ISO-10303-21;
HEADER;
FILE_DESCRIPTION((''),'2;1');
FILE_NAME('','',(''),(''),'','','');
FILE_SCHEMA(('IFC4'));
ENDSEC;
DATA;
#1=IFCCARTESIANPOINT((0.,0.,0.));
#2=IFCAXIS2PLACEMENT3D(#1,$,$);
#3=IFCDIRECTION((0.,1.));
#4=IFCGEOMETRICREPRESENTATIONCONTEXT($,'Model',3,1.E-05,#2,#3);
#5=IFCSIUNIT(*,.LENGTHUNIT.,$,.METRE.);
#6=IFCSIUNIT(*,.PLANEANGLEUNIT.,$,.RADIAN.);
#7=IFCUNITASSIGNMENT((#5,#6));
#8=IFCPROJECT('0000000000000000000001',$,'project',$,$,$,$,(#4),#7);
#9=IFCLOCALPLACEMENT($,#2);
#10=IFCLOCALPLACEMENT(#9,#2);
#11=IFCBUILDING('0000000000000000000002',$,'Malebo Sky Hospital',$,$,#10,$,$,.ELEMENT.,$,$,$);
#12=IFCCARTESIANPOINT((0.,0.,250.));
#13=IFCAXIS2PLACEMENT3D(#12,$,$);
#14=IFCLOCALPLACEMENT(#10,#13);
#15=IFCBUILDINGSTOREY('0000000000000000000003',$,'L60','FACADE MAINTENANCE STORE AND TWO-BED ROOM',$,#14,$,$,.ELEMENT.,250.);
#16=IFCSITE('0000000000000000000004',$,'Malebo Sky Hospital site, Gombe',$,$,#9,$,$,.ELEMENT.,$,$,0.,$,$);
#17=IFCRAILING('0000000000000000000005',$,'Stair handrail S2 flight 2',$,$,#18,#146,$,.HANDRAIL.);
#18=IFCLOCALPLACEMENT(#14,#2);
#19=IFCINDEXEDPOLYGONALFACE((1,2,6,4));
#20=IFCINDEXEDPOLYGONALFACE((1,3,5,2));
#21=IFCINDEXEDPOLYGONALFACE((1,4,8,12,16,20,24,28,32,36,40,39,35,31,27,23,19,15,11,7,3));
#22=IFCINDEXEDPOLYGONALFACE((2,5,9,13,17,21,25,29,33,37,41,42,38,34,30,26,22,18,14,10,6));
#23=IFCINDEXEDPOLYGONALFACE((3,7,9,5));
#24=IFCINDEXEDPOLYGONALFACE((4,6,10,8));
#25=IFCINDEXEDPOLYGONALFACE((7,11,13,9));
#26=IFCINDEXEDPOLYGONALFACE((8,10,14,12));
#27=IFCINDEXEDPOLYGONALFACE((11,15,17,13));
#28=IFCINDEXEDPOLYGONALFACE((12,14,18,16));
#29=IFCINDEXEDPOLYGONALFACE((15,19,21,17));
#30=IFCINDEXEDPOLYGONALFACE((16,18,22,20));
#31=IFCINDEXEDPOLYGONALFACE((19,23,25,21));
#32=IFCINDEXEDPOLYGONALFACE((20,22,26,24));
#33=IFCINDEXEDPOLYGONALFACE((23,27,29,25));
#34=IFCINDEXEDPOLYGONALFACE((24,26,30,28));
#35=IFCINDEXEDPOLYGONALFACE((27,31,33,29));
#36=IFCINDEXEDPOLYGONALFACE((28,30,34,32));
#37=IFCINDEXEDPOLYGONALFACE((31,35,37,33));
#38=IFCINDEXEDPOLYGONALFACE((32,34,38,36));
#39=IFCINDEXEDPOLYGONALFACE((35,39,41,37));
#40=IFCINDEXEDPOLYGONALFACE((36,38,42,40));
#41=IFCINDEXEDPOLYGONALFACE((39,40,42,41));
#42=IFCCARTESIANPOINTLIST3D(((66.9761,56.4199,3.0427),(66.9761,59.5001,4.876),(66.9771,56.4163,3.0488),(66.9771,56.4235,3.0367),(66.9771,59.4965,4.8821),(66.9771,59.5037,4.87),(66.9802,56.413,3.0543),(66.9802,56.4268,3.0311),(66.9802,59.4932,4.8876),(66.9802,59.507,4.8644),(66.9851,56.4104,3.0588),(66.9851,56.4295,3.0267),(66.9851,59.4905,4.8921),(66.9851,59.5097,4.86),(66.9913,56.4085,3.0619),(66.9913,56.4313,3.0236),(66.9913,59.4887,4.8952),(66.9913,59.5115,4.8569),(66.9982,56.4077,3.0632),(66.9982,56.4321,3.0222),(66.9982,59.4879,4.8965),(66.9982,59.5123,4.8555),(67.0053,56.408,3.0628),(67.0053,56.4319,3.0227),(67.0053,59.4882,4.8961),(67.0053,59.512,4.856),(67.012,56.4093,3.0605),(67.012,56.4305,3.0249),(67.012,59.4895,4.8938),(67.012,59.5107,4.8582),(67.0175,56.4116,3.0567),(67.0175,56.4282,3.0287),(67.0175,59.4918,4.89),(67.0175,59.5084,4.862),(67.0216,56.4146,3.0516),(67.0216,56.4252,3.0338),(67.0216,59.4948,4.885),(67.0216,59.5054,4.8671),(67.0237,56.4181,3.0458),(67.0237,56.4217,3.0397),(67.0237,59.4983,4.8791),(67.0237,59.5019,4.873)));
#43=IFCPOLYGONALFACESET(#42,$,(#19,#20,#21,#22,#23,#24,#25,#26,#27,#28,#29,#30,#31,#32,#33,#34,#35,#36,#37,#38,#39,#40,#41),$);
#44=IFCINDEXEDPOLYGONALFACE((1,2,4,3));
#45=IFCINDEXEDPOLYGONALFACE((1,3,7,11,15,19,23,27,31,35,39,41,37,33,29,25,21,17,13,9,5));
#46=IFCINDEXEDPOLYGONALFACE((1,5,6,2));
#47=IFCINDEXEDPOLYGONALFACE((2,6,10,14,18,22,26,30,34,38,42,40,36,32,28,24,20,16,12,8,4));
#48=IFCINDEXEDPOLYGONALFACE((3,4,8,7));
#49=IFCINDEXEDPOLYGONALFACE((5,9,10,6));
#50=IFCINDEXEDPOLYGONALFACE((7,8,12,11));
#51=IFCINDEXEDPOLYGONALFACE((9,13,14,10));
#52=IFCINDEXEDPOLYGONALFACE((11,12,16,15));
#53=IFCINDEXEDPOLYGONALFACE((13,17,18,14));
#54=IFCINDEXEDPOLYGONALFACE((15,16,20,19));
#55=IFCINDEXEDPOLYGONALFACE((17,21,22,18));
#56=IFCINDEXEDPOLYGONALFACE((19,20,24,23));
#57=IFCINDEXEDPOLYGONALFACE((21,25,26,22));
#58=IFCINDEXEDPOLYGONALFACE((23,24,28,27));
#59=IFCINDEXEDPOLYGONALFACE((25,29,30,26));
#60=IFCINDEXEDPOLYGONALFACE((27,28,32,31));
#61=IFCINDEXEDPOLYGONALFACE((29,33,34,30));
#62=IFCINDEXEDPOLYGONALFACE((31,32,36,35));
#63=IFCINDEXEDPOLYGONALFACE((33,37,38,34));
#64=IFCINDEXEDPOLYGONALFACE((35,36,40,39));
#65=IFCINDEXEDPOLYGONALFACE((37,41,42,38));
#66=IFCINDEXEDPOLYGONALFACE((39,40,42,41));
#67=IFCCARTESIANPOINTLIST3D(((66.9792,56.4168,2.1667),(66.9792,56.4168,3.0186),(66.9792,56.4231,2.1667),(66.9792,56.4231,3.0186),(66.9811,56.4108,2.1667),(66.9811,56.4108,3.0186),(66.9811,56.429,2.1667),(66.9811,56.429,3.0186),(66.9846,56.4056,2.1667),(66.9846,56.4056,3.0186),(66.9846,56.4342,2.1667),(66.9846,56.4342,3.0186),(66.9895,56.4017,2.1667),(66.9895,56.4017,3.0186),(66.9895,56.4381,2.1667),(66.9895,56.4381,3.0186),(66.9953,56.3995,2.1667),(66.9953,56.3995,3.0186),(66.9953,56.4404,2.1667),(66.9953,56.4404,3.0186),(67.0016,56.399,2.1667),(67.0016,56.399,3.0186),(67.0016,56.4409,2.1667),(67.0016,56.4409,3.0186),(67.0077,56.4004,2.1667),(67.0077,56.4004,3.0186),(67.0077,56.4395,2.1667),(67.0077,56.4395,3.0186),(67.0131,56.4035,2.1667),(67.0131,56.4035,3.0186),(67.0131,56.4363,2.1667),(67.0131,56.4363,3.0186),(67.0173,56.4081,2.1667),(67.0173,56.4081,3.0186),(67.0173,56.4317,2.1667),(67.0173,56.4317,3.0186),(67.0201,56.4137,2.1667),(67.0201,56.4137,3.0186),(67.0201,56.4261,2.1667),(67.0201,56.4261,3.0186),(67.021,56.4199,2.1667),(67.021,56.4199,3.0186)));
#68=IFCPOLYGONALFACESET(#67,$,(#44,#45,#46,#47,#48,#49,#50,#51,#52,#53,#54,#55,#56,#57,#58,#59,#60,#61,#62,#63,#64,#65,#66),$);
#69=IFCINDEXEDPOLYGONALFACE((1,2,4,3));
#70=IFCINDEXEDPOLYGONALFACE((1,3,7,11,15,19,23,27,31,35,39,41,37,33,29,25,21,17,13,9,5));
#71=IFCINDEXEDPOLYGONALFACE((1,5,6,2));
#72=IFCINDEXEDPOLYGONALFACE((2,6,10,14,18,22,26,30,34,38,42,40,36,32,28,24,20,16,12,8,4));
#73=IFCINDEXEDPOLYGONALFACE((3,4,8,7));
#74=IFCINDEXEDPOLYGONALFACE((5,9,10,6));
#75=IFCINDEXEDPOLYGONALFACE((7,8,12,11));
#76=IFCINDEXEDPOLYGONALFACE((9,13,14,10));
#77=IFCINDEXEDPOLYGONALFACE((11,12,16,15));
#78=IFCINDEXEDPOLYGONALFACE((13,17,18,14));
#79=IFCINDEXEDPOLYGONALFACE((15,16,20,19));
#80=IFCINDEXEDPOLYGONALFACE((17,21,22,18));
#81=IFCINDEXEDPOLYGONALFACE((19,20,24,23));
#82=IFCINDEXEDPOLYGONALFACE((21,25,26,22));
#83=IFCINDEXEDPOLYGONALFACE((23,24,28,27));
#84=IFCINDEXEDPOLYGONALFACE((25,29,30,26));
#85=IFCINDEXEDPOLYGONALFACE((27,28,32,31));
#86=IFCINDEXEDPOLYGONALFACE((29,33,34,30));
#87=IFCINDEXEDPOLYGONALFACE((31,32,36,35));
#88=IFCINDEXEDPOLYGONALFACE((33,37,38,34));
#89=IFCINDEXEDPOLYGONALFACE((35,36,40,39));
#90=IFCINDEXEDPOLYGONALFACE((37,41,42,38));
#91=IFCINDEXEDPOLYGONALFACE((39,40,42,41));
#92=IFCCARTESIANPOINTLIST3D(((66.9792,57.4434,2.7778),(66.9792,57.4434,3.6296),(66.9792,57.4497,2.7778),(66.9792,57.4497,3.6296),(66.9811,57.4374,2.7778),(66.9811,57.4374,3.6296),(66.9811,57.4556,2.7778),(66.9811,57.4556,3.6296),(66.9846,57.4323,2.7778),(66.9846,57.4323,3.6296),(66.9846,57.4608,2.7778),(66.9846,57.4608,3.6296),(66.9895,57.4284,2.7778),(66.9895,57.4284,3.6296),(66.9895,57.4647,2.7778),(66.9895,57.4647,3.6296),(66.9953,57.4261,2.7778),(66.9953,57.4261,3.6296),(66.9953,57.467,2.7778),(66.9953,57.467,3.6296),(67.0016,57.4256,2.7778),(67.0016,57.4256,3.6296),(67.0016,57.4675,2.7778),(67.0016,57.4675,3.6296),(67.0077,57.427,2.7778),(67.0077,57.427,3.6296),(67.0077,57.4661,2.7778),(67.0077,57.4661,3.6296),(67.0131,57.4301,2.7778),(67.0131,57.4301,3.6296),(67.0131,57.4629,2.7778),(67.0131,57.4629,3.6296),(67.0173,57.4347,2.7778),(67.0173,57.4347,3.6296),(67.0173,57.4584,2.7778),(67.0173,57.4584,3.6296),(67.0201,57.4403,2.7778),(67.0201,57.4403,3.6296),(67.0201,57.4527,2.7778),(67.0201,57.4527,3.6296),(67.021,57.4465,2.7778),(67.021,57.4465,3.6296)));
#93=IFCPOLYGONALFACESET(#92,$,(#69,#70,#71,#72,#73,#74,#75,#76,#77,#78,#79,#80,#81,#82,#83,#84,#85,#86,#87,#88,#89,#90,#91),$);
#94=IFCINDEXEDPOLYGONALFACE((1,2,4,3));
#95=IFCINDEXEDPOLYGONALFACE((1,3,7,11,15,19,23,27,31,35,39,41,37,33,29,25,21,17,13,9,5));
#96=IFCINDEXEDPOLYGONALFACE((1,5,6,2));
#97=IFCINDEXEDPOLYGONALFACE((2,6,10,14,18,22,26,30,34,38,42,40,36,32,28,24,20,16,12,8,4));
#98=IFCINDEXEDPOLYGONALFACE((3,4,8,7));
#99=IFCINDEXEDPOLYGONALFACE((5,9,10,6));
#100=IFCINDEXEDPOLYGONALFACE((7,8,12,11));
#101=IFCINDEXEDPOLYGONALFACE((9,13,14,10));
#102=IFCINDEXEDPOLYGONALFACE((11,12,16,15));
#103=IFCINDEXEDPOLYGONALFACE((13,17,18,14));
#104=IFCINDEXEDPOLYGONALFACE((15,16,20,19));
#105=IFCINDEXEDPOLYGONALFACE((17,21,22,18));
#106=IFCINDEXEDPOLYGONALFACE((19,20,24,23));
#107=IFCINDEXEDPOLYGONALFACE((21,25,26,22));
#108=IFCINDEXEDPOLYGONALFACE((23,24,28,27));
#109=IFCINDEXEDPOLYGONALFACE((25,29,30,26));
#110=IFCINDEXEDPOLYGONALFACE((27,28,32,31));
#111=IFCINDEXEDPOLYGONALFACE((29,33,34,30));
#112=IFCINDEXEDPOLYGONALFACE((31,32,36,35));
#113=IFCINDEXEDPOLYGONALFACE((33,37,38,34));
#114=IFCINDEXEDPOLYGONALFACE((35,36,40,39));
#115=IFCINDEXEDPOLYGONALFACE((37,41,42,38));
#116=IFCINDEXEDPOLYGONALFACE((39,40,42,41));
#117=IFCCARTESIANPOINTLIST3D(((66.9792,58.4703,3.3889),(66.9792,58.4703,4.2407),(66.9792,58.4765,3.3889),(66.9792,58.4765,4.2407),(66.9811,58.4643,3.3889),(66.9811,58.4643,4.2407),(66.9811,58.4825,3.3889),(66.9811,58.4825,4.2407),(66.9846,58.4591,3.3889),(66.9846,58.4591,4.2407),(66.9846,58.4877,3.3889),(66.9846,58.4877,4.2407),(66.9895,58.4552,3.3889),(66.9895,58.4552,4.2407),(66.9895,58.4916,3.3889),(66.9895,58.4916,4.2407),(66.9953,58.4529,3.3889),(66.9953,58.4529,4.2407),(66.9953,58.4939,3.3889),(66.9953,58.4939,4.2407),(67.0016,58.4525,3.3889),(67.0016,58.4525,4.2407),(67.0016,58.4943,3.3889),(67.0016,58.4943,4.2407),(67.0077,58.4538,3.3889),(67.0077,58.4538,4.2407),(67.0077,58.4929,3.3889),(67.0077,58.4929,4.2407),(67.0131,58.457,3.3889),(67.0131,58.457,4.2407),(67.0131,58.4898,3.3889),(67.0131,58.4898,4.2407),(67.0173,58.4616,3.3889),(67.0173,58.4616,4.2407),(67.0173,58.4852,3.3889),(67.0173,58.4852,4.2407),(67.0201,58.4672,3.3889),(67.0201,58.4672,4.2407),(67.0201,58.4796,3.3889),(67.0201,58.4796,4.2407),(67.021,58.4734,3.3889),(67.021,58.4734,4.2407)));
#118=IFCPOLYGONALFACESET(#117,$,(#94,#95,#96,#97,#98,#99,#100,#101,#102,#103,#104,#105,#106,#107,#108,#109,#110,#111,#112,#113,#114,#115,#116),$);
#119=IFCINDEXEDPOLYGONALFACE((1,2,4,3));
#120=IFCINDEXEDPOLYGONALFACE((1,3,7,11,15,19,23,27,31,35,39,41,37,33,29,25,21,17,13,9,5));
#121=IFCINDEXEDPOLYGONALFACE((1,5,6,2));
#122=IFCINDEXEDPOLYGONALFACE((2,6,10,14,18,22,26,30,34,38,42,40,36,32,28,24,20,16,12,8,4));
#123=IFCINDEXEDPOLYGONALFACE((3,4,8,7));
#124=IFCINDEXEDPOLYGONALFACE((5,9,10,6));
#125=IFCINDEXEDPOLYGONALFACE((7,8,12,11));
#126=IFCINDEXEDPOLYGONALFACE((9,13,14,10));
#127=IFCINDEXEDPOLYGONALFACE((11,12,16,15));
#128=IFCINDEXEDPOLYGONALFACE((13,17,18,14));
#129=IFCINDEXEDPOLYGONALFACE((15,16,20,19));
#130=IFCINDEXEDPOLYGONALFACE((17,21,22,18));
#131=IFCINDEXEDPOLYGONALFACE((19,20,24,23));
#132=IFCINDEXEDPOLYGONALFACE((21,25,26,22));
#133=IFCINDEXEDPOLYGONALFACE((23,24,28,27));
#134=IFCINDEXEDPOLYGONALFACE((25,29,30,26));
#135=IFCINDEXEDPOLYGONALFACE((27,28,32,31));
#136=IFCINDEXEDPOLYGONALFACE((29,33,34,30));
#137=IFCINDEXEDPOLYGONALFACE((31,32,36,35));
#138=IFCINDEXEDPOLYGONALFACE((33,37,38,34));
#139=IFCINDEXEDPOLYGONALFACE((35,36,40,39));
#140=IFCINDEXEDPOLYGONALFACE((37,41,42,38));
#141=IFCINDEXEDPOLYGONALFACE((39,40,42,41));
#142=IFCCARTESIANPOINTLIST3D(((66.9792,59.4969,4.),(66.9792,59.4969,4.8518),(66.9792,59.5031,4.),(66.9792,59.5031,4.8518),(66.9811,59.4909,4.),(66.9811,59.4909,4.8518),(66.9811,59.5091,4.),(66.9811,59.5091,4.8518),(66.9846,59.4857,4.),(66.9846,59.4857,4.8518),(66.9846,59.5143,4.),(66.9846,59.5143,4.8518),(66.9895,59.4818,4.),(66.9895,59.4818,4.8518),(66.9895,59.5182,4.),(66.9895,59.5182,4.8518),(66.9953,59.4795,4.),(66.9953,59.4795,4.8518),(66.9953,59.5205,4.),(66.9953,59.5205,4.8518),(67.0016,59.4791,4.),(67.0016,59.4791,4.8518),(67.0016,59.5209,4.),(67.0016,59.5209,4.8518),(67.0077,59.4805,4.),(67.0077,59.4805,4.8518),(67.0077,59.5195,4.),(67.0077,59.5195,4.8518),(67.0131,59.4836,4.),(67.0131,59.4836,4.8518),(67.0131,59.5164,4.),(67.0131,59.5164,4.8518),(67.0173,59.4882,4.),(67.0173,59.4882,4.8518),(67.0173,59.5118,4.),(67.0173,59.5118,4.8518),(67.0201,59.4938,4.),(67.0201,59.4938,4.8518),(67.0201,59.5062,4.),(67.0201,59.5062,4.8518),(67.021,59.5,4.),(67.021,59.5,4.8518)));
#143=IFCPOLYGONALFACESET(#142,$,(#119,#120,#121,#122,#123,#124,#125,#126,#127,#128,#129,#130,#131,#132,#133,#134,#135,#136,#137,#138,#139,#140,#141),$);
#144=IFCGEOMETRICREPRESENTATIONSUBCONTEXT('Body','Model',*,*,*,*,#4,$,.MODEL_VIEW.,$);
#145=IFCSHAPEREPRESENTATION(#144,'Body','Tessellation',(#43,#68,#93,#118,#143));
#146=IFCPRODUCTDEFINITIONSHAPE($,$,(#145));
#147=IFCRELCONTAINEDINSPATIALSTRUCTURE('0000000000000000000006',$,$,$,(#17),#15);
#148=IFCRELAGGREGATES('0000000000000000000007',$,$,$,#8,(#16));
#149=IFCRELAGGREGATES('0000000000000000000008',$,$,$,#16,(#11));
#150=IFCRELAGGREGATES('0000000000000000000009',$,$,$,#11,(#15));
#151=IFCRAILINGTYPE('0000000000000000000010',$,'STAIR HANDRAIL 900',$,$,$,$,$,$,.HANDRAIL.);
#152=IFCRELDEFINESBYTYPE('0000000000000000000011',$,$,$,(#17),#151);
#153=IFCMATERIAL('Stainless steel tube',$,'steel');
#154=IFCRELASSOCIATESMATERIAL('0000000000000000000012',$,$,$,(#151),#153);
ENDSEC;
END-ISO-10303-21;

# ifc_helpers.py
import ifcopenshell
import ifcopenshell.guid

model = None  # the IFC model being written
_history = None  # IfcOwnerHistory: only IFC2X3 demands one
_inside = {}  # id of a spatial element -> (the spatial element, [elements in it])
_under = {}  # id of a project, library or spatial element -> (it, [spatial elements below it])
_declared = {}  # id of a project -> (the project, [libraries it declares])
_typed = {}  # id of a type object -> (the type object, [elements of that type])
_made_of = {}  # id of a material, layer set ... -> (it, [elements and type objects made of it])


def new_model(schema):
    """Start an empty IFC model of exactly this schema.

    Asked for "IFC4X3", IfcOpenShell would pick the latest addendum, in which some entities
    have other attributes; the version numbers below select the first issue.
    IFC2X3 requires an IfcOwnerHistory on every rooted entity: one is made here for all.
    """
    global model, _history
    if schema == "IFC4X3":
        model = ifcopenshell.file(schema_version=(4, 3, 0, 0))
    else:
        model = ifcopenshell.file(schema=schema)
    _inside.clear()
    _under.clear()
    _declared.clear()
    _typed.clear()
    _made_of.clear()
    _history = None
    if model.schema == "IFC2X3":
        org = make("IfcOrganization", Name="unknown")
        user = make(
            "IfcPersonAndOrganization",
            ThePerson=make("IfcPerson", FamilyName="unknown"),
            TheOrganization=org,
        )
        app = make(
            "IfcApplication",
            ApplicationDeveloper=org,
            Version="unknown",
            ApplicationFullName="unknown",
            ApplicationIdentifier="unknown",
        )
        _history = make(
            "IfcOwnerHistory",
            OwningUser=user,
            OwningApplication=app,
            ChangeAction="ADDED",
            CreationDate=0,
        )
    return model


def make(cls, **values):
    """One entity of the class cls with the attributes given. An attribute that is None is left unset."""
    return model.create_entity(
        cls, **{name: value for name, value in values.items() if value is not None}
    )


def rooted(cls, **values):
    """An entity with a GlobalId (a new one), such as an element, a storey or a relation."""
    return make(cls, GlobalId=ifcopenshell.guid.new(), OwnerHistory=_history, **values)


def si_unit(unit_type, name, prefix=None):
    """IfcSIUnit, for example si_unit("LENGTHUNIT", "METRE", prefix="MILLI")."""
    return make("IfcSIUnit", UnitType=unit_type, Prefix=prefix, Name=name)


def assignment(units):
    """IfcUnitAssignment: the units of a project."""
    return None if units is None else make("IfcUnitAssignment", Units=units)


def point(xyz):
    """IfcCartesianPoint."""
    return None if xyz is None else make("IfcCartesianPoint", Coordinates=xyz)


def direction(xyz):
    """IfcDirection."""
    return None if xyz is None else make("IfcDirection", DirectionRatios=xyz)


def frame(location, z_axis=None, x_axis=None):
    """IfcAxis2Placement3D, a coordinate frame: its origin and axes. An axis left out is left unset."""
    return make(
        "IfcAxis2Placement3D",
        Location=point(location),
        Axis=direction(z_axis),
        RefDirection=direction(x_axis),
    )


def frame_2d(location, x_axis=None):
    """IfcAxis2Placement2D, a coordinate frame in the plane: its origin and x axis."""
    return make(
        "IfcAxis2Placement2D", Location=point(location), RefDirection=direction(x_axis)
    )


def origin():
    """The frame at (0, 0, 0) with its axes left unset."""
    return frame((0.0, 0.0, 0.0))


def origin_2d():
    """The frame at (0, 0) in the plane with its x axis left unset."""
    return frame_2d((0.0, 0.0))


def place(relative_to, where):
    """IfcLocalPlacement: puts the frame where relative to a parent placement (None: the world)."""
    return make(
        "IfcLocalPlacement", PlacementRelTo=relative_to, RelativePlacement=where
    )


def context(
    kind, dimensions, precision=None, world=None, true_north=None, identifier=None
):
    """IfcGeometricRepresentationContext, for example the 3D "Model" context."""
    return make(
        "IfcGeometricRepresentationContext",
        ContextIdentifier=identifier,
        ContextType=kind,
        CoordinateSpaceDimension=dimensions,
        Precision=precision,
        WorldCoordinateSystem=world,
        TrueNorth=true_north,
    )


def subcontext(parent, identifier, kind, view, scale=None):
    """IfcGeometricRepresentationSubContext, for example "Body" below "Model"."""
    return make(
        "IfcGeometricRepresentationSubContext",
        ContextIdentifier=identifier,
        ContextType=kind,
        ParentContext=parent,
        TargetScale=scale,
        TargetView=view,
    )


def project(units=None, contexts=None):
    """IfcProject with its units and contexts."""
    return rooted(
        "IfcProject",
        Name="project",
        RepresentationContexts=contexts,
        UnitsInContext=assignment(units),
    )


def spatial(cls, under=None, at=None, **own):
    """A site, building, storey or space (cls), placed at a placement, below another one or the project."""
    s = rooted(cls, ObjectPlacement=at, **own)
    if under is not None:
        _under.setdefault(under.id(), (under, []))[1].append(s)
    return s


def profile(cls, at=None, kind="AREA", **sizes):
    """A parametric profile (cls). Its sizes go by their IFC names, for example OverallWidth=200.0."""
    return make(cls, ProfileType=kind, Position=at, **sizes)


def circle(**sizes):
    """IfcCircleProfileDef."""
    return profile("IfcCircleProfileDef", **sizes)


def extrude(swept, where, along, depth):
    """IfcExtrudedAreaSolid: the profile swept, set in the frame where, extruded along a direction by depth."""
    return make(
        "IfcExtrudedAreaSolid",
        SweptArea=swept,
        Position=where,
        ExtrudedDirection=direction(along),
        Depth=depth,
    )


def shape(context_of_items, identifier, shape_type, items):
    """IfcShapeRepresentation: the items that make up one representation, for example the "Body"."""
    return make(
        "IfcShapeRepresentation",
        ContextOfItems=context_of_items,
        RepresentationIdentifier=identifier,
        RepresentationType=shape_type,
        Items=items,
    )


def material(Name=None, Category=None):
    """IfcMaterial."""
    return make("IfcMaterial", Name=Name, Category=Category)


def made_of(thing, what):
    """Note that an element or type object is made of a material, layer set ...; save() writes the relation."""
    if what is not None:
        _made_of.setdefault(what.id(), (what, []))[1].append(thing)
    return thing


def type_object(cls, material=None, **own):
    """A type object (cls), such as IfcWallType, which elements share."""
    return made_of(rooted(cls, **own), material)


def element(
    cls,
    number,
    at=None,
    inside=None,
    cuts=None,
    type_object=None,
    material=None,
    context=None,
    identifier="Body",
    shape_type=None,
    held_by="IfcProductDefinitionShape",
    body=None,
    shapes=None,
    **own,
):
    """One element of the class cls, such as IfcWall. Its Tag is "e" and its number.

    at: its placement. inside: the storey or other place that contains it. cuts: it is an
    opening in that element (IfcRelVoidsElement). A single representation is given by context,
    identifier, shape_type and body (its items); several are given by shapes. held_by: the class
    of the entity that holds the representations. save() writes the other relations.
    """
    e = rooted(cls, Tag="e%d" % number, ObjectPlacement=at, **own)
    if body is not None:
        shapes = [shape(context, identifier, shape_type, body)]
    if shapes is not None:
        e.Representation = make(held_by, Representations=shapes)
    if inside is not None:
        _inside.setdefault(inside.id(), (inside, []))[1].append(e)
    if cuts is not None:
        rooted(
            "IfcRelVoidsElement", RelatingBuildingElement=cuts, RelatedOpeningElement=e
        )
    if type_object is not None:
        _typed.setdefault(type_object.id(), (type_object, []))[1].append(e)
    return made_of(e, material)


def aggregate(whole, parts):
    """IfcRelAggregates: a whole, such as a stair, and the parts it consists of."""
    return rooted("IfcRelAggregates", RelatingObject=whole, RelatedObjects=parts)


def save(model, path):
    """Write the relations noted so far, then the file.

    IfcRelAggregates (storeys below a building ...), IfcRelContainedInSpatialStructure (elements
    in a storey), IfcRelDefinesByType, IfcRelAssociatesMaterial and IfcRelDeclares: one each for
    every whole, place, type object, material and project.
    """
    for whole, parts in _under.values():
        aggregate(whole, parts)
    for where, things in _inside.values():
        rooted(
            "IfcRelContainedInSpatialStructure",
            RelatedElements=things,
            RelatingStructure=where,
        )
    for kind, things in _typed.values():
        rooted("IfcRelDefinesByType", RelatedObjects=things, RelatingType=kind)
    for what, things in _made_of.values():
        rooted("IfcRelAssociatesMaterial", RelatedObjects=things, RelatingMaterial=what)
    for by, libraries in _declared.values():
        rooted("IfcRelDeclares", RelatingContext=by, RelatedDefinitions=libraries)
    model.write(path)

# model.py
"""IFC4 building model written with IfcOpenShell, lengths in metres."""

from ifc_helpers import new_model, si_unit, direction, frame, origin, origin_2d, place, context, subcontext, project, spatial, circle, extrude, material, type_object, element, save


model = new_model("IFC4")

# Units and contexts
model_context = context("Model", 3, precision=1e-05, world=origin(), true_north=direction((0.0, 1.0)))
body_context = subcontext(model_context, "Body", "Model", "MODEL_VIEW")
ifc_project = project(units=[si_unit("LENGTHUNIT", "METRE"), si_unit("PLANEANGLEUNIT", "RADIAN")], contexts=[model_context])

# Site, building, storey
site_placement = place(None, origin())
site = spatial("IfcSite", under=ifc_project, at=site_placement, Name="Malebo Sky Hospital site, Gombe", CompositionType="ELEMENT", RefElevation=0.0)
building_placement = place(site_placement, origin())
building = spatial("IfcBuilding", under=site, at=building_placement, Name="Malebo Sky Hospital", CompositionType="ELEMENT")
storey_placement = place(building_placement, frame((0.0, 0.0, 250.0)))
storey = spatial("IfcBuildingStorey", under=building, at=storey_placement, Name="L60", Description="FACADE MAINTENANCE STORE AND TWO-BED ROOM", CompositionType="ELEMENT", Elevation=250.0)

# Railing
ifc_material_1 = material(Name="Stainless steel tube", Category="steel")
railing_type = type_object("IfcRailingType", Name="STAIR HANDRAIL 900", PredefinedType="HANDRAIL", material=ifc_material_1)
railing_1_placement = place(storey_placement, frame((67.0, 56.4199, 2.1667)))
element("IfcRailing", 1, at=railing_1_placement, inside=storey, type_object=railing_type, Name="Stair handrail S2 flight 2", PredefinedType="HANDRAIL", context=body_context, shape_type="SweptSolid", body=[
    extrude(circle(Radius=0.0239, at=origin_2d()), frame((0.0, 0.0, 0.876), z_axis=(0.0, 0.859309, 0.511458), x_axis=(-1.0, 0.0, 0.0)), (0.0, 0.0, 1.0), 3.5845),
    extrude(circle(Radius=0.021, at=origin_2d()), origin(), (0.0, 0.0, 1.0), 0.8518),
    extrude(circle(Radius=0.021, at=origin_2d()), frame((0.0, 1.0266, 0.6111)), (0.0, 0.0, 1.0), 0.8518),
    extrude(circle(Radius=0.021, at=origin_2d()), frame((0.0, 2.0535, 1.2222)), (0.0, 0.0, 1.0), 0.8518),
    extrude(circle(Radius=0.021, at=origin_2d()), frame((0.0, 3.0801, 1.8333)), (0.0, 0.0, 1.0), 0.8518),
])

save(model, "model.ifc")
